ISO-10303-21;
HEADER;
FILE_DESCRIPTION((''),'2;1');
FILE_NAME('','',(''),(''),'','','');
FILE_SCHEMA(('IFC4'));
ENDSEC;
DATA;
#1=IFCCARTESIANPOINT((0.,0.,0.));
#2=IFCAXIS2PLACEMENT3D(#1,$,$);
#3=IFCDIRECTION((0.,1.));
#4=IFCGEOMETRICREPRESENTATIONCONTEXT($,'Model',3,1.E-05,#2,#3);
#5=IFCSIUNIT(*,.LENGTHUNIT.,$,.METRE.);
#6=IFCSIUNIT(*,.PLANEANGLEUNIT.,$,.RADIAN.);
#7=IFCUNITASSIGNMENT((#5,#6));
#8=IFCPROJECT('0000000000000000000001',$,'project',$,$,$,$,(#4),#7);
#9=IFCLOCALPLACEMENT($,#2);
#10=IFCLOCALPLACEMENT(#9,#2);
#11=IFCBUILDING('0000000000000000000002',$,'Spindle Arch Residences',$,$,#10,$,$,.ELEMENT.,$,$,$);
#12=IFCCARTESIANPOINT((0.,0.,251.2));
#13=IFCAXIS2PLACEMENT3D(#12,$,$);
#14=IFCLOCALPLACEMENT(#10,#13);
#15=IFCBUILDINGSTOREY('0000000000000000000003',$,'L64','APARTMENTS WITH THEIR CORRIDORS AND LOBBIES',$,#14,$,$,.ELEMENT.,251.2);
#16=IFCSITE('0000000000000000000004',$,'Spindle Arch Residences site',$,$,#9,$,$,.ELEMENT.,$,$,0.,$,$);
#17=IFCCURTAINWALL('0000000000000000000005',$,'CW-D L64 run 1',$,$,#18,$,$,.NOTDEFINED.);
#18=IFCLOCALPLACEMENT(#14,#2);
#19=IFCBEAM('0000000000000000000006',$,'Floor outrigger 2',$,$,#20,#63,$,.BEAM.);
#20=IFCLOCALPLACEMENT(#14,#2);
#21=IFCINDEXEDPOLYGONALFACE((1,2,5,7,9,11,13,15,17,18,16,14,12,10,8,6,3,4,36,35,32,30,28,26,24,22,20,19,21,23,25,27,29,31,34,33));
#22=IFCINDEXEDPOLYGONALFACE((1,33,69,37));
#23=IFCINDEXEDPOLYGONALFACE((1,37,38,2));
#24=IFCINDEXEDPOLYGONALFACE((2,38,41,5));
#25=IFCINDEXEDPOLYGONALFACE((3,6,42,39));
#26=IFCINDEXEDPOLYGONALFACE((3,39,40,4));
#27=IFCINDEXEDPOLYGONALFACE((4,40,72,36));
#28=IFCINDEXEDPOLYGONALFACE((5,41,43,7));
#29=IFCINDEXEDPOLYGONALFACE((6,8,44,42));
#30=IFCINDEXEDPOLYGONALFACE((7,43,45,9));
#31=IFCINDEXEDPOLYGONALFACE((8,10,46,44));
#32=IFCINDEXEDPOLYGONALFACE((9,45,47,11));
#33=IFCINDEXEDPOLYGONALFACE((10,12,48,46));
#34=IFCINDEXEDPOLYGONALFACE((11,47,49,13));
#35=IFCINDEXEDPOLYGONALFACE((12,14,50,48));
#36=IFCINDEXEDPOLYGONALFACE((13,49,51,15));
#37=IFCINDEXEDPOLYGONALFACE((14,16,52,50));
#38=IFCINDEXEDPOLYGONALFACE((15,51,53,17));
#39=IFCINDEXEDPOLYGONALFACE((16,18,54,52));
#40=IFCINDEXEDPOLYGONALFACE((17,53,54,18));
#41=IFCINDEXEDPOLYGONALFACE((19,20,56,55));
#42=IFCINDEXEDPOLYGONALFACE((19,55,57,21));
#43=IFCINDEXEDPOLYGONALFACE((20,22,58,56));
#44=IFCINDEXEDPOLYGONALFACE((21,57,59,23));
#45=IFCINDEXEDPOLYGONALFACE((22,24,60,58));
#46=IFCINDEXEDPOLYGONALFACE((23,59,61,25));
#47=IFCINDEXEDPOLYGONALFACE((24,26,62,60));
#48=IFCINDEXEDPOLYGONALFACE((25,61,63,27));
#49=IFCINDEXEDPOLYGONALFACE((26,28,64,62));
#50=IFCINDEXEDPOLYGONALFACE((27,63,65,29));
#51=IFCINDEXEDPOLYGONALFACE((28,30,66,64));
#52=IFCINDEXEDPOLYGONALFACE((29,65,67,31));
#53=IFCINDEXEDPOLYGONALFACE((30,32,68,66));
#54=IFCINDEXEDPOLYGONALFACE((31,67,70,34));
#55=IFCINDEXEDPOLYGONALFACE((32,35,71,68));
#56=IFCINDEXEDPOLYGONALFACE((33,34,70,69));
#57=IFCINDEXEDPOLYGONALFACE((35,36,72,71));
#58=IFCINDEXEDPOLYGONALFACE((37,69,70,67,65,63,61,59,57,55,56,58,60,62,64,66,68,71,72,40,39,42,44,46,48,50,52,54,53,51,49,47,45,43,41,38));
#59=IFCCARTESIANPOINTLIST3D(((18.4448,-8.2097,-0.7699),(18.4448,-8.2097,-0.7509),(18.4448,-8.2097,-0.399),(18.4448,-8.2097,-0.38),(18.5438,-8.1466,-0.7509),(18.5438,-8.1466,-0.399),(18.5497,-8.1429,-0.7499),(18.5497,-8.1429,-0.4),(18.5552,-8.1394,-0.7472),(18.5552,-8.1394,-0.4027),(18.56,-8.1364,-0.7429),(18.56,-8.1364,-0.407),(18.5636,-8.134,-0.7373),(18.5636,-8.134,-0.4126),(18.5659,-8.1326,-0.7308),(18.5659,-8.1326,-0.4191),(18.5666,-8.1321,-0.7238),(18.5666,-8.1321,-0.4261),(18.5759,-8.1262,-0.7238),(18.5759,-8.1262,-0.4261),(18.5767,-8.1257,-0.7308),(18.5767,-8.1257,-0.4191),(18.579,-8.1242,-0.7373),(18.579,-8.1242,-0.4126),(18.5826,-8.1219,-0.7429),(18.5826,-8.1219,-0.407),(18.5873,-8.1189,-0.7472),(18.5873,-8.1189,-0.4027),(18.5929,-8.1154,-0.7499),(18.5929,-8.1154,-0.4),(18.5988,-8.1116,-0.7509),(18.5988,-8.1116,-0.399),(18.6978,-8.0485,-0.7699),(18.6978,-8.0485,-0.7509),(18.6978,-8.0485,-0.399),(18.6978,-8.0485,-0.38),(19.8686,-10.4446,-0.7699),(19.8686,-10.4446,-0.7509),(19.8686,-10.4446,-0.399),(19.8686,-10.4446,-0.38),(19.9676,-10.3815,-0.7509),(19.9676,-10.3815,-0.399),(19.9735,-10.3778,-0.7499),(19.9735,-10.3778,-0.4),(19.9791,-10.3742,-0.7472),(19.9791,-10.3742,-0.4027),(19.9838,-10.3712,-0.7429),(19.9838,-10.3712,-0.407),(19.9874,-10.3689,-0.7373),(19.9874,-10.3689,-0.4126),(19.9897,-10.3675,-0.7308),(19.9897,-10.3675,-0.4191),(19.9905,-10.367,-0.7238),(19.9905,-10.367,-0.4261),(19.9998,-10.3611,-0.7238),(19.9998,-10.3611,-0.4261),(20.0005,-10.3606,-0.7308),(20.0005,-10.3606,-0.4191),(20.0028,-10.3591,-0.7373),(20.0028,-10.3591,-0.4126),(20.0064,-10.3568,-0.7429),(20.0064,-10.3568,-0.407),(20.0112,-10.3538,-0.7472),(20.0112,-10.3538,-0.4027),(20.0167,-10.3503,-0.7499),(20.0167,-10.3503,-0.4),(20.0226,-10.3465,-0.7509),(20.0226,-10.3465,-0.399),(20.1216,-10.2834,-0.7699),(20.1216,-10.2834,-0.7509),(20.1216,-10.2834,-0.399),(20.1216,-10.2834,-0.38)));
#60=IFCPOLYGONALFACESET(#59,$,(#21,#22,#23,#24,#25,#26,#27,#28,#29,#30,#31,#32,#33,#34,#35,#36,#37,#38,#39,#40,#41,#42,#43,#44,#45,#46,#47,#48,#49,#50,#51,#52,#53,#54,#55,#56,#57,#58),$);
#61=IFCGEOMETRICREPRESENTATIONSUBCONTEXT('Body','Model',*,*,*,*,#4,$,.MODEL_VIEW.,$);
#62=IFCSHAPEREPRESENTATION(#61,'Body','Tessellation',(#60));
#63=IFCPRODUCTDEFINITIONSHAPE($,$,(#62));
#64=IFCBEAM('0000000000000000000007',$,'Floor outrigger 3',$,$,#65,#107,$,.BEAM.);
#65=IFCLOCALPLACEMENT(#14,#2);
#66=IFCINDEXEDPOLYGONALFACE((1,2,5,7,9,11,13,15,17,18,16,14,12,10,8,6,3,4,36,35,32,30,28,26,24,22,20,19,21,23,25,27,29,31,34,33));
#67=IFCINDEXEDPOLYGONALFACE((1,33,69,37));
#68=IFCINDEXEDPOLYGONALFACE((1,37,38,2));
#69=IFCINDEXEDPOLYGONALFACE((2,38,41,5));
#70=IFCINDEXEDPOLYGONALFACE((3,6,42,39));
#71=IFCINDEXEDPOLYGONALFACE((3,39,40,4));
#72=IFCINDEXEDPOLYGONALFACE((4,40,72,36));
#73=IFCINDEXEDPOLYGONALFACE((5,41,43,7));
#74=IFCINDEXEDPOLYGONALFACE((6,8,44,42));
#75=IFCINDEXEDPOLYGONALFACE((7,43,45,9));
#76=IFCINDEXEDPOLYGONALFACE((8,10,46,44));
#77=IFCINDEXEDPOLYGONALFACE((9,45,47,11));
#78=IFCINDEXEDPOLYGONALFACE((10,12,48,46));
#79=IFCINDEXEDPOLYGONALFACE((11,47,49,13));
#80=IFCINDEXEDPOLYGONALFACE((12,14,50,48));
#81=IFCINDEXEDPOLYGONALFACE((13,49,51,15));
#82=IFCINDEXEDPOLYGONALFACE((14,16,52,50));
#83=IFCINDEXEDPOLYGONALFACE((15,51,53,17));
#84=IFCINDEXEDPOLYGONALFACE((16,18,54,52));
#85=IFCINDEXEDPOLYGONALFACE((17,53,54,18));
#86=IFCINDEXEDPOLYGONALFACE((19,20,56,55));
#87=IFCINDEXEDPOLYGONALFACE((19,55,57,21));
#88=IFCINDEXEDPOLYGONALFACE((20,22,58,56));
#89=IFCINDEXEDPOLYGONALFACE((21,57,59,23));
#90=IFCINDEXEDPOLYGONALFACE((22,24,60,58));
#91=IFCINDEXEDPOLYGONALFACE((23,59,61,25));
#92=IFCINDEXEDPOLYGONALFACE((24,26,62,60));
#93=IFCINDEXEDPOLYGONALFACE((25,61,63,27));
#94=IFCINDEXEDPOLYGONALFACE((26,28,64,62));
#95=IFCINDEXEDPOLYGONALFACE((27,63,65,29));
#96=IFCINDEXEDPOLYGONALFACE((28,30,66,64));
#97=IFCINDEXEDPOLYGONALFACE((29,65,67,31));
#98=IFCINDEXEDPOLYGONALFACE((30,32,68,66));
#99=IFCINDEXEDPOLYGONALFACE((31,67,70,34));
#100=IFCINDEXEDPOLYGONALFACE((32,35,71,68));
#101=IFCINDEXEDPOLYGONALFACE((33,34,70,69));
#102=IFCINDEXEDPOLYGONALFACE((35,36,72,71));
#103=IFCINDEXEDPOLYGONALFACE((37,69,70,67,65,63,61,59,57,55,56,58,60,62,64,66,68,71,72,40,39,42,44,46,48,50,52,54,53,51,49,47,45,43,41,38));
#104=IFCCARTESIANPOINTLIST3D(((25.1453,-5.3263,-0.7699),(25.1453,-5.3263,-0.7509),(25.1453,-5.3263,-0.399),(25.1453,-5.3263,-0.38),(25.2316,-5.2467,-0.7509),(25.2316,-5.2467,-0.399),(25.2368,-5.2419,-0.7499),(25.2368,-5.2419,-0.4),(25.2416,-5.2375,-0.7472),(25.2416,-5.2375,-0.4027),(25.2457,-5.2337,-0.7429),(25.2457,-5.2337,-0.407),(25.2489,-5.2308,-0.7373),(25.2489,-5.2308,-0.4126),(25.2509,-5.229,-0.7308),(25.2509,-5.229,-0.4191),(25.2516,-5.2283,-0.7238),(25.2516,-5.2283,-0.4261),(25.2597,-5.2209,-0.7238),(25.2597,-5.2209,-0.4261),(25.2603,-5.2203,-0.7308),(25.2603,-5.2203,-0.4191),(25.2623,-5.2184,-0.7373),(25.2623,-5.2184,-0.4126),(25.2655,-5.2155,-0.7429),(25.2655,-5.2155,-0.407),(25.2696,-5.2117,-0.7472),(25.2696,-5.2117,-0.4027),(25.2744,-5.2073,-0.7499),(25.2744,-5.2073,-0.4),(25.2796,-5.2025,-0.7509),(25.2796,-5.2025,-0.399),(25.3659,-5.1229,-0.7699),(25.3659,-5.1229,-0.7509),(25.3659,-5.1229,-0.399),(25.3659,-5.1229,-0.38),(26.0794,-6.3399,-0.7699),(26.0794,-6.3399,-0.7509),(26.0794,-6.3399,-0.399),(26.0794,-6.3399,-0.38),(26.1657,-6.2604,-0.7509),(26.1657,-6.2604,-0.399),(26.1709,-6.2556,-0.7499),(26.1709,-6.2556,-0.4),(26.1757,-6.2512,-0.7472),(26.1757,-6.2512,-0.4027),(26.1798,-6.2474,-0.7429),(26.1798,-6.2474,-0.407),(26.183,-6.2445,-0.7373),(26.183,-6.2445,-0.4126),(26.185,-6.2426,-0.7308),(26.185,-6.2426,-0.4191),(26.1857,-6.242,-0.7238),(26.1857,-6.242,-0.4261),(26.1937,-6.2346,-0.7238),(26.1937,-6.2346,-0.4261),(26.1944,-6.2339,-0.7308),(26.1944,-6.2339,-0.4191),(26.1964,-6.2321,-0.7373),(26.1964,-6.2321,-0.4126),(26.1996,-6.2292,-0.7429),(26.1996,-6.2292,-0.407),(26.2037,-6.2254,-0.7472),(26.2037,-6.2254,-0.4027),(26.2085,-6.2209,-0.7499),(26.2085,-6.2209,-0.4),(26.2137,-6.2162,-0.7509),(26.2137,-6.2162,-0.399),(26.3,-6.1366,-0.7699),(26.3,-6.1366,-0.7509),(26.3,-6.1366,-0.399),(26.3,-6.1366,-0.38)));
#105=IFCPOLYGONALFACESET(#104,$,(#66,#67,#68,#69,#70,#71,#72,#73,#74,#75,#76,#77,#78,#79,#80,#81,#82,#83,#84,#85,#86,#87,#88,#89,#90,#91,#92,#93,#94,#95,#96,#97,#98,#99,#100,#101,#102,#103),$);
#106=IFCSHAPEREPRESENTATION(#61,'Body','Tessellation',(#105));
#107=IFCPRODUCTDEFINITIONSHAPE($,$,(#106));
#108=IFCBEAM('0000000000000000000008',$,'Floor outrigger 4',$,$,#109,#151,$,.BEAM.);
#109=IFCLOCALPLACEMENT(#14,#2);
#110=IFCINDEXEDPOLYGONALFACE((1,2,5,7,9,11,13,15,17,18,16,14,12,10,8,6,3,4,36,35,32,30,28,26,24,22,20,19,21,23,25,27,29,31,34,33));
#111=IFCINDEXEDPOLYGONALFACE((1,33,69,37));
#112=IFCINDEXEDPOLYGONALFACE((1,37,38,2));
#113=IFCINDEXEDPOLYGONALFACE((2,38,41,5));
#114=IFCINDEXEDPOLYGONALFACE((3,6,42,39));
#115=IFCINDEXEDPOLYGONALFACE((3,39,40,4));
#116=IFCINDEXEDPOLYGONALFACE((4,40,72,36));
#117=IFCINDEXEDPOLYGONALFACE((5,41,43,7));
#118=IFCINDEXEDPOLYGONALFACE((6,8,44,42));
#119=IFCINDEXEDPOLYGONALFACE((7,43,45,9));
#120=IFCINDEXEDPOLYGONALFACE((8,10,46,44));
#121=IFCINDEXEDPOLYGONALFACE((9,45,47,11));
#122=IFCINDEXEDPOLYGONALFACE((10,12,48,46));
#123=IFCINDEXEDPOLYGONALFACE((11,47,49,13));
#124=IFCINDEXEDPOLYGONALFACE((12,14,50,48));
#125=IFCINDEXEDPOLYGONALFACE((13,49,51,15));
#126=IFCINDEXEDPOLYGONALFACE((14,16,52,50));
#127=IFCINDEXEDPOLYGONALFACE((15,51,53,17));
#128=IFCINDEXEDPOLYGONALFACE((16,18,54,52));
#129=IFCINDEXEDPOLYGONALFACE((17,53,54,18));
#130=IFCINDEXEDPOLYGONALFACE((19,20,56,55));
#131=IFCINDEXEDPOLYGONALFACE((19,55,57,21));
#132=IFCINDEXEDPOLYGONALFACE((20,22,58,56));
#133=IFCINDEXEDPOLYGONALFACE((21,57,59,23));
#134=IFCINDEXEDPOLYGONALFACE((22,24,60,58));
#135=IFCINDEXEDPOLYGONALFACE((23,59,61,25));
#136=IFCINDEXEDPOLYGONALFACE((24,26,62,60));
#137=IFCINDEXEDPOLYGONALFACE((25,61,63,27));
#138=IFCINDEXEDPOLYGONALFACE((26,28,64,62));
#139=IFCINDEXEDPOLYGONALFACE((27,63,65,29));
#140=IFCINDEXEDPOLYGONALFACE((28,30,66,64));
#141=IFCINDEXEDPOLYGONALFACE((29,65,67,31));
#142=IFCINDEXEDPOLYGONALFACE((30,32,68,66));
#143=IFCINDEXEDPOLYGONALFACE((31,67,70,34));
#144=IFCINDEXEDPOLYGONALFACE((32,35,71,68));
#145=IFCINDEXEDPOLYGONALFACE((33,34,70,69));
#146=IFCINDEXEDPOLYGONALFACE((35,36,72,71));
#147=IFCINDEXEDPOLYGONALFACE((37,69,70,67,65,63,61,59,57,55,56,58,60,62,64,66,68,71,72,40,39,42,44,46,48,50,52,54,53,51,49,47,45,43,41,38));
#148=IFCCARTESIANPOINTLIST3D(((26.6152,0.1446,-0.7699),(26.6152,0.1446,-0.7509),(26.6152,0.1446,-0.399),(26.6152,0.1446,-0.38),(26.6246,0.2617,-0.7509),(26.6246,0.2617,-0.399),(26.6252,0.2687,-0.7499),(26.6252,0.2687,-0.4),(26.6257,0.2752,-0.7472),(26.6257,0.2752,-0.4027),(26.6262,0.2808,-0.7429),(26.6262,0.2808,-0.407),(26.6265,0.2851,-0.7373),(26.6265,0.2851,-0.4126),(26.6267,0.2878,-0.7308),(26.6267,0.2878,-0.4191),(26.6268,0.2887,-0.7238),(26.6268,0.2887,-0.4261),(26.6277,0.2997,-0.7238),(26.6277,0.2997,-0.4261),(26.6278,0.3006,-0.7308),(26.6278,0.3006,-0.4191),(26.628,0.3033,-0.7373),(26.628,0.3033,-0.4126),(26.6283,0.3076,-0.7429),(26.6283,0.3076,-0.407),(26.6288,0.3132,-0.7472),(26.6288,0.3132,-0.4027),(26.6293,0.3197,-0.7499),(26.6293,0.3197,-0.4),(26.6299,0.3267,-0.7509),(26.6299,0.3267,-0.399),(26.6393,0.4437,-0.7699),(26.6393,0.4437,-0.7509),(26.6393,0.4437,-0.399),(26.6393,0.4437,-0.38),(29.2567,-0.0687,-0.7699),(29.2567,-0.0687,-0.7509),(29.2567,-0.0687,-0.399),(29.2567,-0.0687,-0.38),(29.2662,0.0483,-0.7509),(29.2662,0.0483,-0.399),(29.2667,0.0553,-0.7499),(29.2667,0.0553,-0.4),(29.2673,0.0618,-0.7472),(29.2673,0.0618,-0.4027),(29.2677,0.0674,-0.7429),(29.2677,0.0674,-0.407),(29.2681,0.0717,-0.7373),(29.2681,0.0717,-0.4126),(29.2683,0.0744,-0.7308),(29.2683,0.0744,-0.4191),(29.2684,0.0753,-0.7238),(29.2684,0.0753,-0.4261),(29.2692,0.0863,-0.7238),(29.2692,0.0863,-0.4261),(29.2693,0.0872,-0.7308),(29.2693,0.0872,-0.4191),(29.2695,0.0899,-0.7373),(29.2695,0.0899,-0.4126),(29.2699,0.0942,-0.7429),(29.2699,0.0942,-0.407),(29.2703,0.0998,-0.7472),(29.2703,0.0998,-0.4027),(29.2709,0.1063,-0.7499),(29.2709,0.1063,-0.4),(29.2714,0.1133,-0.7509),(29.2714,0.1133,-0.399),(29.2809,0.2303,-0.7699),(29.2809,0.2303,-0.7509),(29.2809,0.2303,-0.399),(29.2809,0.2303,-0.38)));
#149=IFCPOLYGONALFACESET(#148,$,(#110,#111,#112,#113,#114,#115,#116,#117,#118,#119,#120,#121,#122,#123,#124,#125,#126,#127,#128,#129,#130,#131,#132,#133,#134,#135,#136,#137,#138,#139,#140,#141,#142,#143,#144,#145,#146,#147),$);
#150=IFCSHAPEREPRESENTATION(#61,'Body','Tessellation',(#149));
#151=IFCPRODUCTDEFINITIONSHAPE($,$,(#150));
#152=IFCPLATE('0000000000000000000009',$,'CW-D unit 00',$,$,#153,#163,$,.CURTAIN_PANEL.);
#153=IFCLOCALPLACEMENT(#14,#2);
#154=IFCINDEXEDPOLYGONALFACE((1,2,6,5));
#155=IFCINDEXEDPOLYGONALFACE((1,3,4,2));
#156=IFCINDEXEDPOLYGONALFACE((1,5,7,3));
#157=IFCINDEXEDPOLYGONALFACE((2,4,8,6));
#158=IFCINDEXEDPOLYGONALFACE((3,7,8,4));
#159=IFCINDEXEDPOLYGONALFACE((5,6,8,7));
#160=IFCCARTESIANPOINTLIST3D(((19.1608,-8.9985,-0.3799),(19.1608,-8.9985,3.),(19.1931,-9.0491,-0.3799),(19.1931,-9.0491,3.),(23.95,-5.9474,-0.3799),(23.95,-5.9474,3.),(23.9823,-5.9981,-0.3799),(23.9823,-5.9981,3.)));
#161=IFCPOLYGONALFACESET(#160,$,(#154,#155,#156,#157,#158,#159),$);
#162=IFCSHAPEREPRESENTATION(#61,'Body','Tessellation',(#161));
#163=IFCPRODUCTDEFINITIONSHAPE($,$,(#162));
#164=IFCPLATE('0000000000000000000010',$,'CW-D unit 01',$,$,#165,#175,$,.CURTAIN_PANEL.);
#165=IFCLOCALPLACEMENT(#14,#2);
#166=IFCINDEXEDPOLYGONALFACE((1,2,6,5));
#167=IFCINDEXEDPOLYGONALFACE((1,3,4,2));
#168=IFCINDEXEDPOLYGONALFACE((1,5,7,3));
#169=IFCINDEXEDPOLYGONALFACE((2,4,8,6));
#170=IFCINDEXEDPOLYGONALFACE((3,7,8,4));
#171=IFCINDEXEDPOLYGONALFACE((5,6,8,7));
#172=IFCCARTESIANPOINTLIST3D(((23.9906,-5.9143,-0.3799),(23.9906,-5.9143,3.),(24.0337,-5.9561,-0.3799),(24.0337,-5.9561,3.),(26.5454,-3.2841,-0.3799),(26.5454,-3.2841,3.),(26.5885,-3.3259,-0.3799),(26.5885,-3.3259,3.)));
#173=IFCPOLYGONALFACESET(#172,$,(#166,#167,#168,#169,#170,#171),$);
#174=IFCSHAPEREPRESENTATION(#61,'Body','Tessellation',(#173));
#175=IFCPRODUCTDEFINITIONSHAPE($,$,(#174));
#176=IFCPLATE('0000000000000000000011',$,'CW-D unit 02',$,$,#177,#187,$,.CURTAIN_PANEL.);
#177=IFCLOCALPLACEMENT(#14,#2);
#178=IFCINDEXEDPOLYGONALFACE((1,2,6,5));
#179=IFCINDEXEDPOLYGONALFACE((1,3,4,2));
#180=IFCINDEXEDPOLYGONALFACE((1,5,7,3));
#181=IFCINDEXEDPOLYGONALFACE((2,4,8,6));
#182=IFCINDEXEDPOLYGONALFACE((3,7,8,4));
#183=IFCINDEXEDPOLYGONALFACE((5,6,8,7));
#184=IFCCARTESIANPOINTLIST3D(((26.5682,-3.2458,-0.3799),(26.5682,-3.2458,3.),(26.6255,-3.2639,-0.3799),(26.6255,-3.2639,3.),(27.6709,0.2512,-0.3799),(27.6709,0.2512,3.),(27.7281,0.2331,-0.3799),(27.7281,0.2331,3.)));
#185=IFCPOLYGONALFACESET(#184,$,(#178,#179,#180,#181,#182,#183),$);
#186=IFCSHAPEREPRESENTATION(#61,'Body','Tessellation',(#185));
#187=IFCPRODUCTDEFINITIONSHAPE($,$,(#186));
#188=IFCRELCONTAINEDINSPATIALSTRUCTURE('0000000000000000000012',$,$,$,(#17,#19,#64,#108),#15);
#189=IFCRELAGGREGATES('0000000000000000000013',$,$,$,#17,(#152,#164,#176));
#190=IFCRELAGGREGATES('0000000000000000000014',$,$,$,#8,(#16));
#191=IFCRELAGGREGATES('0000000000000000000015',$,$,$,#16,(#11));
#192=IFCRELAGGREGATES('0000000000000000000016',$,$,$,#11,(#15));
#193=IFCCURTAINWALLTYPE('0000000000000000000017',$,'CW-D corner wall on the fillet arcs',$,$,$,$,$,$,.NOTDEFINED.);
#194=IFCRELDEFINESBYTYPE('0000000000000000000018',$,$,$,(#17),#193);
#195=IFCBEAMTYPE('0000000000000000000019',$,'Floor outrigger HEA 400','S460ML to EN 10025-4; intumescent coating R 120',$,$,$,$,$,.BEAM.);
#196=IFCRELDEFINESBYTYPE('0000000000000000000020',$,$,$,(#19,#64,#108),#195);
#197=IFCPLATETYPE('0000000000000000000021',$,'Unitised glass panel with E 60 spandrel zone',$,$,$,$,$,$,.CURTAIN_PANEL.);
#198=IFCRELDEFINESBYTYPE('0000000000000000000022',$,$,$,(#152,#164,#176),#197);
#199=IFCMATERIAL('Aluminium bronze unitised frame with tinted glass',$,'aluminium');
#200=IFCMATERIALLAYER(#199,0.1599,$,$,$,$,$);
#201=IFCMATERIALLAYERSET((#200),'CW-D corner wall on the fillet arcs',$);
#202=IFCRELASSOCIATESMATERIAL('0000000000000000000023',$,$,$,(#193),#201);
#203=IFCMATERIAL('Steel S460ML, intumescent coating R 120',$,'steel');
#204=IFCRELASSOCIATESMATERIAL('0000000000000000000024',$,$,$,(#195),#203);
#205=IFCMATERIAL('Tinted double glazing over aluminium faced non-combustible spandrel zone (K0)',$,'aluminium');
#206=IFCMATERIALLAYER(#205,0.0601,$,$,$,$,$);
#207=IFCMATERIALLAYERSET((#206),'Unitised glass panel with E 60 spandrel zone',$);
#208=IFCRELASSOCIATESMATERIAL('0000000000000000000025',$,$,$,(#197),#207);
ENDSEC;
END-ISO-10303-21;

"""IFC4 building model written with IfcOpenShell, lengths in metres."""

from ifc_helpers import new_model, si_unit, direction, frame, origin, origin_2d, place, context, subcontext, project, spatial, rectangle, i_section, extrude, material, layer, layer_set, material_profile, profile_set, type_object, element, aggregate, save


model = new_model("IFC4")

# Units and contexts
model_context = context("Model", 3, precision=1e-05, world=origin(), true_north=direction((0.0, 1.0)))
body_context = subcontext(model_context, "Body", "Model", "MODEL_VIEW")
ifc_project = project(units=[si_unit("LENGTHUNIT", "METRE"), si_unit("PLANEANGLEUNIT", "RADIAN")], contexts=[model_context])

# Site, building, storey
site_placement = place(None, origin())
site = spatial("IfcSite", under=ifc_project, at=site_placement, Name="Spindle Arch Residences site", CompositionType="ELEMENT", RefElevation=0.0)
building_placement = place(site_placement, origin())
building = spatial("IfcBuilding", under=site, at=building_placement, Name="Spindle Arch Residences", CompositionType="ELEMENT")
storey_placement = place(building_placement, frame((0.0, 0.0, 251.2)))
storey = spatial("IfcBuildingStorey", under=building, at=storey_placement, Name="L64", Description="APARTMENTS WITH THEIR CORRIDORS AND LOBBIES", CompositionType="ELEMENT", Elevation=251.2)

# Curtain wall
ifc_material_1 = material(Name="Aluminium bronze unitised frame with tinted glass", Category="aluminium")
ifc_layer_1 = layer(ifc_material_1, 0.1599)
ifc_layer_set_1 = layer_set([ifc_layer_1], Name="CW-D corner wall on the fillet arcs")
curtain_wall_type = type_object("IfcCurtainWallType", Name="CW-D corner wall on the fillet arcs", PredefinedType="NOTDEFINED", material=ifc_layer_set_1)
curtain_wall_placement = place(storey_placement, origin())
curtain_wall = element("IfcCurtainWall", 1, at=curtain_wall_placement, inside=storey, type_object=curtain_wall_type, Name="CW-D L64 run 1", PredefinedType="NOTDEFINED")

# Beams
ifc_material_2 = material(Name="Steel S460ML, intumescent coating R 120", Category="steel")
ifc_material_profile_1 = material_profile(ifc_material_2, i_section(OverallWidth=0.3, OverallDepth=0.3899, WebThickness=0.011, FlangeThickness=0.019, FilletRadius=0.0271, at=origin_2d()), Name="HEA 400")
ifc_profile_set_1 = profile_set([ifc_material_profile_1], Name="Steel S460ML, intumescent coating R 120")
beam_type_1 = type_object("IfcBeamType", Name="Floor outrigger HEA 400", Description="S460ML to EN 10025-4; intumescent coating R 120", PredefinedType="BEAM", material=ifc_profile_set_1)
beam_1_placement = place(storey_placement, frame((19.9951, -10.364, -0.575), z_axis=(-0.537317, 0.843381, 0.0), x_axis=(-0.843381, -0.537317, 0.0)))
element("IfcBeam", 2, at=beam_1_placement, inside=storey, type_object=beam_type_1, Name="Floor outrigger 2", PredefinedType="BEAM", context=body_context, shape_type="SweptSolid", body=[
    extrude(i_section(OverallWidth=0.3, OverallDepth=0.3899, WebThickness=0.011, FlangeThickness=0.019, FilletRadius=0.0271, at=origin_2d()), origin(), (0.0, 0.0, 1.0), 2.6499),
])
beam_2_placement = place(storey_placement, frame((26.1897, -6.2383, -0.575), z_axis=(-0.677647, 0.735387, 0.0), x_axis=(-0.735387, -0.677647, 0.0)))
element("IfcBeam", 3, at=beam_2_placement, inside=storey, type_object=beam_type_1, Name="Floor outrigger 3", PredefinedType="BEAM", context=body_context, shape_type="SweptSolid", body=[
    extrude(i_section(OverallWidth=0.3, OverallDepth=0.3899, WebThickness=0.011, FlangeThickness=0.019, FilletRadius=0.0271, at=origin_2d()), origin(), (0.0, 0.0, 1.0), 1.3784),
])
beam_3_placement = place(storey_placement, frame((29.2688, 0.0808, -0.575), z_axis=(-0.996753, 0.080514, 0.0), x_axis=(-0.080514, -0.996753, 0.0)))
element("IfcBeam", 4, at=beam_3_placement, inside=storey, type_object=beam_type_1, Name="Floor outrigger 4", PredefinedType="BEAM", context=body_context, shape_type="SweptSolid", body=[
    extrude(i_section(OverallWidth=0.3, OverallDepth=0.3899, WebThickness=0.011, FlangeThickness=0.019, FilletRadius=0.0271, at=origin_2d()), origin(), (0.0, 0.0, 1.0), 2.6501),
])

# Plates
ifc_material_3 = material(Name="Tinted double glazing over aluminium faced non-combustible spandrel zone (K0)", Category="aluminium")
ifc_layer_2 = layer(ifc_material_3, 0.0601)
ifc_layer_set_2 = layer_set([ifc_layer_2], Name="Unitised glass panel with E 60 spandrel zone")
plate_type = type_object("IfcPlateType", Name="Unitised glass panel with E 60 spandrel zone", PredefinedType="CURTAIN_PANEL", material=ifc_layer_set_2)
plate_1_placement = place(storey_placement, frame((21.5715, -7.4983, -0.3799), z_axis=(0.0, 0.0, 1.0), x_axis=(0.843391, 0.5373, 0.0)))
plate_1 = element("IfcPlate", 5, at=plate_1_placement, type_object=plate_type, Name="CW-D unit 00", PredefinedType="CURTAIN_PANEL", context=body_context, shape_type="SweptSolid", body=[
    extrude(rectangle(XDim=5.6785, YDim=0.0601, at=origin_2d()), origin(), (0.0, 0.0, 1.0), 3.3799),
])
plate_2_placement = place(storey_placement, frame((25.2896, -4.6201, -0.3799), z_axis=(0.0, 0.0, 1.0), x_axis=(0.696748, 0.717316, 0.0)))
plate_2 = element("IfcPlate", 6, at=plate_2_placement, type_object=plate_type, Name="CW-D unit 01", PredefinedType="CURTAIN_PANEL", context=body_context, shape_type="SweptSolid", body=[
    extrude(rectangle(XDim=3.6667, YDim=0.0601, at=origin_2d()), origin(), (0.0, 0.0, 1.0), 3.3799),
])
plate_3_placement = place(storey_placement, frame((27.1482, -1.5063, -0.3799), z_axis=(0.0, 0.0, 1.0), x_axis=(0.300706, 0.953717, 0.0)))
plate_3 = element("IfcPlate", 7, at=plate_3_placement, type_object=plate_type, Name="CW-D unit 02", PredefinedType="CURTAIN_PANEL", context=body_context, shape_type="SweptSolid", body=[
    extrude(rectangle(XDim=3.6667, YDim=0.0601, at=origin_2d()), origin(), (0.0, 0.0, 1.0), 3.3799),
])
aggregate(curtain_wall, [plate_1, plate_2, plate_3])

save(model, "model.ifc")
